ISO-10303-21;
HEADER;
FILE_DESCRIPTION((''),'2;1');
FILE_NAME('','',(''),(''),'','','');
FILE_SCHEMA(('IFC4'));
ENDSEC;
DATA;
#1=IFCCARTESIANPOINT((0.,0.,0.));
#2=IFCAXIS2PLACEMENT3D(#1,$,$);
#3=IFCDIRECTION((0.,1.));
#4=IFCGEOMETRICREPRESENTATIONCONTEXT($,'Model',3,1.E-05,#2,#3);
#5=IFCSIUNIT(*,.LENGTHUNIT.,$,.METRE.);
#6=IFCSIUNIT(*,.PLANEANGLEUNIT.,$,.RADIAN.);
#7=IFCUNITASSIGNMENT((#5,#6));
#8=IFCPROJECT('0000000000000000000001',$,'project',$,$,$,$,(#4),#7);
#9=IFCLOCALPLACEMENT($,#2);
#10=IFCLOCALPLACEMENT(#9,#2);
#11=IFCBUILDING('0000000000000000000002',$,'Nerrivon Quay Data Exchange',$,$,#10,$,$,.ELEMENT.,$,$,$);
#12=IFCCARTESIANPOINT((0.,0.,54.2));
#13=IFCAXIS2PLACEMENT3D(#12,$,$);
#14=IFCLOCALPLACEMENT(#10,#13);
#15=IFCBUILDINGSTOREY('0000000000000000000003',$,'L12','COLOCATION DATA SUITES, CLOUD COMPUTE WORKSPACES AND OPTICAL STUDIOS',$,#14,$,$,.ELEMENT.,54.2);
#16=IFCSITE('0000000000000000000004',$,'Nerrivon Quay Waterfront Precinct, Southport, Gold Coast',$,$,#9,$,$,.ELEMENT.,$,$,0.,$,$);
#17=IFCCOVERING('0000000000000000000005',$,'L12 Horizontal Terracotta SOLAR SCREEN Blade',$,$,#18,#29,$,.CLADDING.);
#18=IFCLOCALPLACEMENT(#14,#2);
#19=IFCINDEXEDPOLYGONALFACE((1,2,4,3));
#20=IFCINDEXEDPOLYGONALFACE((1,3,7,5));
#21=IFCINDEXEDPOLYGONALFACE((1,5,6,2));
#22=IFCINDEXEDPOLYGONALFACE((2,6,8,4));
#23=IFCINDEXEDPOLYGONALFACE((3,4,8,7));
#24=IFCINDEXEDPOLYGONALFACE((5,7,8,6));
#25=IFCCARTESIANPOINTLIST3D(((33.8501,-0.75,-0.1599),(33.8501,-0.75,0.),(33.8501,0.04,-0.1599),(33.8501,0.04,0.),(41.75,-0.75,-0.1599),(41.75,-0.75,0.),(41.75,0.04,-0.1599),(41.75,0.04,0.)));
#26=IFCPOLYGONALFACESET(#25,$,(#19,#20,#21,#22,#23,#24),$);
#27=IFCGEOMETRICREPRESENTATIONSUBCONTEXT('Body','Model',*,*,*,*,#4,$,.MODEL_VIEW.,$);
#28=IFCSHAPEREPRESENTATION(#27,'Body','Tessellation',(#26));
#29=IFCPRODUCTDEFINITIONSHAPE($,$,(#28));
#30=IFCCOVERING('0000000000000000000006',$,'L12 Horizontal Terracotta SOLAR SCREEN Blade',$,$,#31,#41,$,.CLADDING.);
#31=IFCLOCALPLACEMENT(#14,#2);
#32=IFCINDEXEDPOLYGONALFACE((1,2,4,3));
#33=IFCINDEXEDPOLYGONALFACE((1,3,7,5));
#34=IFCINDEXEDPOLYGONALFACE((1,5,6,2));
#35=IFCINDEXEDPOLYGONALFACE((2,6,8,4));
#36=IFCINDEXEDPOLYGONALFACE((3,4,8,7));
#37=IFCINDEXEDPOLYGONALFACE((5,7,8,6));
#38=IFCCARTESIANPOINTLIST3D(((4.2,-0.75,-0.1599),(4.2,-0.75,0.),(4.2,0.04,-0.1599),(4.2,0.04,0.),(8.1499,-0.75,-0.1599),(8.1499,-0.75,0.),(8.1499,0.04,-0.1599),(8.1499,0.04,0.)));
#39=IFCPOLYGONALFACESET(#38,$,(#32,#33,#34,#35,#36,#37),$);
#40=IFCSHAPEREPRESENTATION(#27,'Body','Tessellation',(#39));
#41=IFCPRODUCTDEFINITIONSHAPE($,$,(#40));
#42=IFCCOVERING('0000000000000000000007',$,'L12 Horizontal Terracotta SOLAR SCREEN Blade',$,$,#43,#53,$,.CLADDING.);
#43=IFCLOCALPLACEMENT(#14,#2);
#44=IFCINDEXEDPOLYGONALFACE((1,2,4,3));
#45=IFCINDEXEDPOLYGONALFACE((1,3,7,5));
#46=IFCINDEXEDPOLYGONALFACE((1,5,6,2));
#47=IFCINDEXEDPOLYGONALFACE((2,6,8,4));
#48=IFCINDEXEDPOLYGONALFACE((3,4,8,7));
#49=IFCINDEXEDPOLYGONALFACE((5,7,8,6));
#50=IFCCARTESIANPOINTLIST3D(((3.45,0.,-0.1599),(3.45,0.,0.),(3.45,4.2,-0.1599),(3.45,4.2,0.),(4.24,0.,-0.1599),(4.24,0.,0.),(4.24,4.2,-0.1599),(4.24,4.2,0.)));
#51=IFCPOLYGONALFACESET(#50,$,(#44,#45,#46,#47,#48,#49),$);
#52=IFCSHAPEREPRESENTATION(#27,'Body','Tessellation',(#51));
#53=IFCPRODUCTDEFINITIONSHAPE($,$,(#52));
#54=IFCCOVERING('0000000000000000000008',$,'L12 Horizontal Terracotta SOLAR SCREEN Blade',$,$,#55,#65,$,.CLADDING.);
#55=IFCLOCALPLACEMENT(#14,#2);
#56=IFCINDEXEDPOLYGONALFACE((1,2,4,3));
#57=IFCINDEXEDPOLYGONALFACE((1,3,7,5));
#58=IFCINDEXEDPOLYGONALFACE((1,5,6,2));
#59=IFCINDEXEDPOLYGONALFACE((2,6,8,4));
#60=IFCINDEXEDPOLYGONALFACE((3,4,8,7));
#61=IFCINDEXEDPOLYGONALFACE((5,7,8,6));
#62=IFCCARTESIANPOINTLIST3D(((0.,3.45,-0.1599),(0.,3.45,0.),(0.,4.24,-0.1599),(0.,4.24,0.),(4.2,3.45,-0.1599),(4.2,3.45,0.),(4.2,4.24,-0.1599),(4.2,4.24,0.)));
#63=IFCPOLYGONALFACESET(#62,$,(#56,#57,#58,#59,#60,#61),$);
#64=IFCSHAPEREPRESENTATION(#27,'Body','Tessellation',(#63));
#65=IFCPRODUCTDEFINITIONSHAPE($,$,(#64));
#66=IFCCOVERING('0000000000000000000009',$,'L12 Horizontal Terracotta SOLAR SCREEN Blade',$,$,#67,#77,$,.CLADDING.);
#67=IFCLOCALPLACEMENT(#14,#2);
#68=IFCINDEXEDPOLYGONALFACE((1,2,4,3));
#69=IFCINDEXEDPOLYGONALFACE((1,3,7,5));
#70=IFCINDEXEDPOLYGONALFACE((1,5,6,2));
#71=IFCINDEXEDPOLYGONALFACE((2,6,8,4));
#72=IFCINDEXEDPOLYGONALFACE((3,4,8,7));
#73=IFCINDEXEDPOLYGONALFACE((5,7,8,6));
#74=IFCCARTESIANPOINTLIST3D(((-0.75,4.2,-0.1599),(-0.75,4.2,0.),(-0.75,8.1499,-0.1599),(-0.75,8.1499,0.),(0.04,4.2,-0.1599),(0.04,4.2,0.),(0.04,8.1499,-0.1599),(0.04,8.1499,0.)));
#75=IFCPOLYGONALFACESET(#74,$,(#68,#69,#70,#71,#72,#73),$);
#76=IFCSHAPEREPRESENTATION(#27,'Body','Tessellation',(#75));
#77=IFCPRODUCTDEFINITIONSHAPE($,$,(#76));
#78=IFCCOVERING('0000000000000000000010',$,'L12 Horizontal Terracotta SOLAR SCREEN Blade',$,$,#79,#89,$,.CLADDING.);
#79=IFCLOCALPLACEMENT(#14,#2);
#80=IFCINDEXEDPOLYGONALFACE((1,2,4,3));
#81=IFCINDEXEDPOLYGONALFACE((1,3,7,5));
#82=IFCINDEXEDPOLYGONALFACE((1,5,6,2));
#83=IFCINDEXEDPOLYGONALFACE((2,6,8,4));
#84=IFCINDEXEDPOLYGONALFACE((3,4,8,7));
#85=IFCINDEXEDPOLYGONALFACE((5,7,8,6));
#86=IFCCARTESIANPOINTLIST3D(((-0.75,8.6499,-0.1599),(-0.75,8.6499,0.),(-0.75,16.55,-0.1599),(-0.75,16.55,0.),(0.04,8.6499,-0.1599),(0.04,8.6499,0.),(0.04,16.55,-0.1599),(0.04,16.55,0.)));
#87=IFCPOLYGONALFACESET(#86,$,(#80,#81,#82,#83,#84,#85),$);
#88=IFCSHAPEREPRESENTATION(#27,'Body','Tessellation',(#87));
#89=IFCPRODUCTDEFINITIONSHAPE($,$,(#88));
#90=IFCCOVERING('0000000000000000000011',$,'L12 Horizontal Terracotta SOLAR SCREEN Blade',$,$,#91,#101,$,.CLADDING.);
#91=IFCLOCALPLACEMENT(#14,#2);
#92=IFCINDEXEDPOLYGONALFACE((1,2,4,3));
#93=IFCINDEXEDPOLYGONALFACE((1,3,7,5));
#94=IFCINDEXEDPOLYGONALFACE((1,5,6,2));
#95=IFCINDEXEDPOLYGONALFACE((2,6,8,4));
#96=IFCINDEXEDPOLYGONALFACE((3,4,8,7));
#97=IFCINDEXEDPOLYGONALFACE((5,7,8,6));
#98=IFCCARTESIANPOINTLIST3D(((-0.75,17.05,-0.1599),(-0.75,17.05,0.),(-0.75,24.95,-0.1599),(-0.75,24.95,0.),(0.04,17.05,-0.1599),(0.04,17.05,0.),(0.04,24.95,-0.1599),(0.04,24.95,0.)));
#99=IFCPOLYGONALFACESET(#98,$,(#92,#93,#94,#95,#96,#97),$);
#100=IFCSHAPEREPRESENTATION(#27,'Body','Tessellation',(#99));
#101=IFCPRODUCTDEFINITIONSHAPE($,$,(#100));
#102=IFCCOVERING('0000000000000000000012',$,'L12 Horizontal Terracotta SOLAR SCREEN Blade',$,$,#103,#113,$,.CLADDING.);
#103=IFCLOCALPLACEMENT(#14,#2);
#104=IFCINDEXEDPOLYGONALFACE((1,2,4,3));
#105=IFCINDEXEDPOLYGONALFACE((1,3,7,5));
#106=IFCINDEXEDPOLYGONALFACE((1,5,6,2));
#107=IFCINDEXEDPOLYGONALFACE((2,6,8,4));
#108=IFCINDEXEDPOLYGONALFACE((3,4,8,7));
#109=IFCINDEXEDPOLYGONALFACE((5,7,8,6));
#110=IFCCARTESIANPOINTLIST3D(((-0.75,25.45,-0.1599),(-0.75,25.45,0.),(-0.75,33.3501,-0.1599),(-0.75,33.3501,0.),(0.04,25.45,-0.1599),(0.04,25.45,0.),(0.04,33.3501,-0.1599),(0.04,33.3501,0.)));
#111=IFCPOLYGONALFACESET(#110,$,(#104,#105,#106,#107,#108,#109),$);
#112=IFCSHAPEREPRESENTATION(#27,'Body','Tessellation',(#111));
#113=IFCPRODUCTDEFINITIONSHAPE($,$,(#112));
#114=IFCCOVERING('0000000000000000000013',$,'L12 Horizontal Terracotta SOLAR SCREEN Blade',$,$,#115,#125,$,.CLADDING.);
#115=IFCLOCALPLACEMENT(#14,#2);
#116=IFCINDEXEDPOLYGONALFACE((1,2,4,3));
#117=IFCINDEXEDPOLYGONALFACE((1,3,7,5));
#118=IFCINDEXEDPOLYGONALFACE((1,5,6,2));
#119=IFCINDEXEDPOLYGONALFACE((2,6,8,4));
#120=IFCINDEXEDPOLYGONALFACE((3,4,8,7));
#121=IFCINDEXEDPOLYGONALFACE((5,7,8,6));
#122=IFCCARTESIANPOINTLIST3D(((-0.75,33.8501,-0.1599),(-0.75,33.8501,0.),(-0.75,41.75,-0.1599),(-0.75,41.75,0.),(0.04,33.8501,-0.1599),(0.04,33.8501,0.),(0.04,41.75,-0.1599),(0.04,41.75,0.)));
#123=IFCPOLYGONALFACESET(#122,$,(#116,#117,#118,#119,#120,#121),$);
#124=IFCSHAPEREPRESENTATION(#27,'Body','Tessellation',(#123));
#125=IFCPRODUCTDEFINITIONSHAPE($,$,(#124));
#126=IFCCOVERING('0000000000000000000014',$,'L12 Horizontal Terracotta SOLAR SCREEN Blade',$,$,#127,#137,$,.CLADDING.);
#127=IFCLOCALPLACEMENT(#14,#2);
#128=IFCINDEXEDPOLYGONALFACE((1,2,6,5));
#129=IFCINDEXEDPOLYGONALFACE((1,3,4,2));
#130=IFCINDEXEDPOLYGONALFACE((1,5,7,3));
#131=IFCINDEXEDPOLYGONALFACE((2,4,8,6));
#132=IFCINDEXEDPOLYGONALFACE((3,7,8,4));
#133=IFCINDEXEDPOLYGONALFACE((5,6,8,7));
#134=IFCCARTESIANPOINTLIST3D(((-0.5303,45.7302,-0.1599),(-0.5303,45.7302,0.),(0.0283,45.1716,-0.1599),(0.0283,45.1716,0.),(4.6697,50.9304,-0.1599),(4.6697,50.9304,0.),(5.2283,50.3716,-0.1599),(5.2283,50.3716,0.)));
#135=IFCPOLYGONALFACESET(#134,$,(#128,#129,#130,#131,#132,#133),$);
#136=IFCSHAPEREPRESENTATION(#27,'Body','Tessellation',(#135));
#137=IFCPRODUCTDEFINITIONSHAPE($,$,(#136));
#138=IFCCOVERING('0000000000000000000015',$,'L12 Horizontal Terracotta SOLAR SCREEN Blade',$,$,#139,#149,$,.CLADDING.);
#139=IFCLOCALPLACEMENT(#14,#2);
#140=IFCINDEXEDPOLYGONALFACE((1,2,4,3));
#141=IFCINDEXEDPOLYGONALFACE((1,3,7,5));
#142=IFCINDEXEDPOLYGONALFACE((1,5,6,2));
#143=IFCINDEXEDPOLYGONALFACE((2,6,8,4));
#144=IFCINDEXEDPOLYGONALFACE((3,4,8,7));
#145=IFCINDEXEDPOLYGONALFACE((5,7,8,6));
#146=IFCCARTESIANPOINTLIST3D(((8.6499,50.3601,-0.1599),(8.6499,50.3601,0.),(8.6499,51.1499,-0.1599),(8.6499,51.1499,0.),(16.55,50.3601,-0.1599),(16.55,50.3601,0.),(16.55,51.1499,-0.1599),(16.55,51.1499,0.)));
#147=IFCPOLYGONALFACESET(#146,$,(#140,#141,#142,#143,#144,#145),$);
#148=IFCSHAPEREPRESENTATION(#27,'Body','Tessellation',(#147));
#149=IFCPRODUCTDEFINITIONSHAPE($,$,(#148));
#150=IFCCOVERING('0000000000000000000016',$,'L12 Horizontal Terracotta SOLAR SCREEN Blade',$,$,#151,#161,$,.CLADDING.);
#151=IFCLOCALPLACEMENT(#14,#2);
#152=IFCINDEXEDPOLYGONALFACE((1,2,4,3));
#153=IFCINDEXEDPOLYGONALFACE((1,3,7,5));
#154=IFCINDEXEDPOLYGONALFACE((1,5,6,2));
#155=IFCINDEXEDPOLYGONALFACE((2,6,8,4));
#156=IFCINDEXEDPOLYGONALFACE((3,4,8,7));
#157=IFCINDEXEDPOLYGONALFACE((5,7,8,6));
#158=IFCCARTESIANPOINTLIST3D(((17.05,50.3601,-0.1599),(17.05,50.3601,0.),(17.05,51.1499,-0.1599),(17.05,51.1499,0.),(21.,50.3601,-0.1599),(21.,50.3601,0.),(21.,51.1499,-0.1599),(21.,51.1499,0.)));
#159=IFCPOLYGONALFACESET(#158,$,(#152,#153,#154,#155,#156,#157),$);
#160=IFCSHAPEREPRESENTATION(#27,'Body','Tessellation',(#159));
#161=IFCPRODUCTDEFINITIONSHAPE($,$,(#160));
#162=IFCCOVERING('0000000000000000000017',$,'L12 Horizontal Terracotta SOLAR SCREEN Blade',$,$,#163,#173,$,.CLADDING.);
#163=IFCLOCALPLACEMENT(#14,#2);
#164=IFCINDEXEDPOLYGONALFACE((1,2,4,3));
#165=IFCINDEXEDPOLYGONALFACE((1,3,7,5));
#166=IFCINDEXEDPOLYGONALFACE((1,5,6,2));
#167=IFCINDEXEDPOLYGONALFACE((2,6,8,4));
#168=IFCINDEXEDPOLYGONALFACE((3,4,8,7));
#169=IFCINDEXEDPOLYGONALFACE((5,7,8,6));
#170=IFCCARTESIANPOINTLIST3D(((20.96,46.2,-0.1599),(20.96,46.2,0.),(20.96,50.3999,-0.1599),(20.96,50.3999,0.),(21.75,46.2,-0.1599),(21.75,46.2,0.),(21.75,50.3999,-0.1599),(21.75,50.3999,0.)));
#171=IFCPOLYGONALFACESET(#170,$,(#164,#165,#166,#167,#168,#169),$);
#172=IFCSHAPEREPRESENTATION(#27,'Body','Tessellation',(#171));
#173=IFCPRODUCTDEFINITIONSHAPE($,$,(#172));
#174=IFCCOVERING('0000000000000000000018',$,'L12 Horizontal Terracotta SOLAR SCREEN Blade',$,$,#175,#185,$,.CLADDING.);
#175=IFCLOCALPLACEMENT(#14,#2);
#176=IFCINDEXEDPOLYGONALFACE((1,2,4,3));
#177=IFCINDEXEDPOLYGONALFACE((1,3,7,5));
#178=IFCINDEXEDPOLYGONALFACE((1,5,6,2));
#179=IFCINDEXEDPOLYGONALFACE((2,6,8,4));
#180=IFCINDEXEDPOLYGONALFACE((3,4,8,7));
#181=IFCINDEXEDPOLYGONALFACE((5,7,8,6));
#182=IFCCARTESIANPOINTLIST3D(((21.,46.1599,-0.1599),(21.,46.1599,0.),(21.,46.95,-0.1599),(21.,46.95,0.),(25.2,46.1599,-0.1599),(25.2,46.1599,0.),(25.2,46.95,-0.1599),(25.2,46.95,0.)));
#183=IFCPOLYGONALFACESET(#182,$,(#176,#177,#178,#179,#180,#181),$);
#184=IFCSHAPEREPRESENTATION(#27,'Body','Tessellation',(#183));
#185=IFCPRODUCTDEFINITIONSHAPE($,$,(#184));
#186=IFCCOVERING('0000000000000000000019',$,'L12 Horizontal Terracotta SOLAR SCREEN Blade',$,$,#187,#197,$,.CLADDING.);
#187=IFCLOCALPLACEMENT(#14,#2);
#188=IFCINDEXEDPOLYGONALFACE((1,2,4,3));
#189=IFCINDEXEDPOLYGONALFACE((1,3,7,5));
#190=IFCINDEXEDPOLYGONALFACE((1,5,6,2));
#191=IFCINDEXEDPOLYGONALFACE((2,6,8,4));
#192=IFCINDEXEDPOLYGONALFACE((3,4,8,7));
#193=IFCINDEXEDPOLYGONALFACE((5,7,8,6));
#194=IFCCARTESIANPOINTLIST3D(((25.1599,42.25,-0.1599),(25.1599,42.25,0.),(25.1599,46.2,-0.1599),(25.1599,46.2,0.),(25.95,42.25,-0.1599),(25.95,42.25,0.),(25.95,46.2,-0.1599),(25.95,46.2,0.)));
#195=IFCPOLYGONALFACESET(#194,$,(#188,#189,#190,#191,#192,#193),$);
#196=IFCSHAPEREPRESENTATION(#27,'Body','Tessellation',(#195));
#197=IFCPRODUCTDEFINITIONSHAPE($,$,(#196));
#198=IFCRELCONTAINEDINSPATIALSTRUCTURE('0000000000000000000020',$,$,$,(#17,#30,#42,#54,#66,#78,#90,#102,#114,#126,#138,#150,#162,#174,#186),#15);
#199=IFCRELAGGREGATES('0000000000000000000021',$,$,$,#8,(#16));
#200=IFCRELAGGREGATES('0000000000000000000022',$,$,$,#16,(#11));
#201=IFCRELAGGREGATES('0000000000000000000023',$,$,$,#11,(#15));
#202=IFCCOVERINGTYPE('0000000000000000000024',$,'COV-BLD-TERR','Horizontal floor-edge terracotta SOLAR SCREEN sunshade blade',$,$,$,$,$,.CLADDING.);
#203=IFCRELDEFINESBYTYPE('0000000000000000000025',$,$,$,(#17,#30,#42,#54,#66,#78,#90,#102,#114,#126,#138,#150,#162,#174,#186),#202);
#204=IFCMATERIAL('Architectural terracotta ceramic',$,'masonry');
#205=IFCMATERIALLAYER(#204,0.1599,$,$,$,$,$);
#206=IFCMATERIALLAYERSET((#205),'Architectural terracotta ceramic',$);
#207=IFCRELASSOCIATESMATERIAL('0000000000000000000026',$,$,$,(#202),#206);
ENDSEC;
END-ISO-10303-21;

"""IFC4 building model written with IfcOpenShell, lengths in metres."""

from ifc_helpers import new_model, si_unit, direction, frame, origin, place, context, subcontext, project, spatial, polyline, outline, extrude, material, layer, layer_set, type_object, element, save


model = new_model("IFC4")

# Units and contexts
model_context = context("Model", 3, precision=1e-05, world=origin(), true_north=direction((0.0, 1.0)))
body_context = subcontext(model_context, "Body", "Model", "MODEL_VIEW")
ifc_project = project(units=[si_unit("LENGTHUNIT", "METRE"), si_unit("PLANEANGLEUNIT", "RADIAN")], contexts=[model_context])

# Site, building, storey
site_placement = place(None, origin())
site = spatial("IfcSite", under=ifc_project, at=site_placement, Name="Nerrivon Quay Waterfront Precinct, Southport, Gold Coast", CompositionType="ELEMENT", RefElevation=0.0)
building_placement = place(site_placement, origin())
building = spatial("IfcBuilding", under=site, at=building_placement, Name="Nerrivon Quay Data Exchange", CompositionType="ELEMENT")
storey_placement = place(building_placement, frame((0.0, 0.0, 54.2)))
storey = spatial("IfcBuildingStorey", under=building, at=storey_placement, Name="L12", Description="COLOCATION DATA SUITES, CLOUD COMPUTE WORKSPACES AND OPTICAL STUDIOS", CompositionType="ELEMENT", Elevation=54.2)

# Coverings
ifc_material_1 = material(Name="Architectural terracotta ceramic", Category="masonry")
ifc_layer_1 = layer(ifc_material_1, 0.1599)
ifc_layer_set_1 = layer_set([ifc_layer_1], Name="Architectural terracotta ceramic")
covering_type = type_object("IfcCoveringType", Name="COV-BLD-TERR", Description="Horizontal floor-edge terracotta SOLAR SCREEN sunshade blade", PredefinedType="CLADDING", material=ifc_layer_set_1)
covering_1_placement = place(storey_placement, frame((0.0, 0.0, -0.1599)))
element("IfcCovering", 1, at=covering_1_placement, inside=storey, type_object=covering_type, Name="L12 Horizontal Terracotta SOLAR SCREEN Blade", PredefinedType="CLADDING", context=body_context, shape_type="SweptSolid", body=[
    extrude(outline(polyline([(41.75, 0.04), (33.8501, 0.04), (33.8501, -0.75), (41.75, -0.75), (41.75, 0.04)])), origin(), (0.0, 0.0, 1.0), 0.1599),
])
covering_2_placement = place(storey_placement, frame((0.0, 0.0, -0.1599)))
element("IfcCovering", 2, at=covering_2_placement, inside=storey, type_object=covering_type, Name="L12 Horizontal Terracotta SOLAR SCREEN Blade", PredefinedType="CLADDING", context=body_context, shape_type="SweptSolid", body=[
    extrude(outline(polyline([(8.1499, 0.04), (4.2, 0.04), (4.2, -0.75), (8.1499, -0.75), (8.1499, 0.04)])), origin(), (0.0, 0.0, 1.0), 0.1599),
])
covering_3_placement = place(storey_placement, frame((0.0, 0.0, -0.1599)))
element("IfcCovering", 3, at=covering_3_placement, inside=storey, type_object=covering_type, Name="L12 Horizontal Terracotta SOLAR SCREEN Blade", PredefinedType="CLADDING", context=body_context, shape_type="SweptSolid", body=[
    extrude(outline(polyline([(4.24, 0.0), (4.24, 4.2), (3.45, 4.2), (3.45, 0.0), (4.24, 0.0)])), origin(), (0.0, 0.0, 1.0), 0.1599),
])
covering_4_placement = place(storey_placement, frame((0.0, 0.0, -0.1599)))
element("IfcCovering", 4, at=covering_4_placement, inside=storey, type_object=covering_type, Name="L12 Horizontal Terracotta SOLAR SCREEN Blade", PredefinedType="CLADDING", context=body_context, shape_type="SweptSolid", body=[
    extrude(outline(polyline([(4.2, 4.24), (0.0, 4.24), (0.0, 3.45), (4.2, 3.45), (4.2, 4.24)])), origin(), (0.0, 0.0, 1.0), 0.1599),
])
covering_5_placement = place(storey_placement, frame((0.0, 0.0, -0.1599)))
element("IfcCovering", 5, at=covering_5_placement, inside=storey, type_object=covering_type, Name="L12 Horizontal Terracotta SOLAR SCREEN Blade", PredefinedType="CLADDING", context=body_context, shape_type="SweptSolid", body=[
    extrude(outline(polyline([(0.04, 4.2), (0.04, 8.1499), (-0.75, 8.1499), (-0.75, 4.2), (0.04, 4.2)])), origin(), (0.0, 0.0, 1.0), 0.1599),
])
covering_6_placement = place(storey_placement, frame((0.0, 0.0, -0.1599)))
element("IfcCovering", 6, at=covering_6_placement, inside=storey, type_object=covering_type, Name="L12 Horizontal Terracotta SOLAR SCREEN Blade", PredefinedType="CLADDING", context=body_context, shape_type="SweptSolid", body=[
    extrude(outline(polyline([(0.04, 8.6499), (0.04, 16.55), (-0.75, 16.55), (-0.75, 8.6499), (0.04, 8.6499)])), origin(), (0.0, 0.0, 1.0), 0.1599),
])
covering_7_placement = place(storey_placement, frame((0.0, 0.0, -0.1599)))
element("IfcCovering", 7, at=covering_7_placement, inside=storey, type_object=covering_type, Name="L12 Horizontal Terracotta SOLAR SCREEN Blade", PredefinedType="CLADDING", context=body_context, shape_type="SweptSolid", body=[
    extrude(outline(polyline([(0.04, 17.05), (0.04, 24.95), (-0.75, 24.95), (-0.75, 17.05), (0.04, 17.05)])), origin(), (0.0, 0.0, 1.0), 0.1599),
])
covering_8_placement = place(storey_placement, frame((0.0, 0.0, -0.1599)))
element("IfcCovering", 8, at=covering_8_placement, inside=storey, type_object=covering_type, Name="L12 Horizontal Terracotta SOLAR SCREEN Blade", PredefinedType="CLADDING", context=body_context, shape_type="SweptSolid", body=[
    extrude(outline(polyline([(0.04, 25.45), (0.04, 33.3501), (-0.75, 33.3501), (-0.75, 25.45), (0.04, 25.45)])), origin(), (0.0, 0.0, 1.0), 0.1599),
])
covering_9_placement = place(storey_placement, frame((0.0, 0.0, -0.1599)))
element("IfcCovering", 9, at=covering_9_placement, inside=storey, type_object=covering_type, Name="L12 Horizontal Terracotta SOLAR SCREEN Blade", PredefinedType="CLADDING", context=body_context, shape_type="SweptSolid", body=[
    extrude(outline(polyline([(0.04, 33.8501), (0.04, 41.75), (-0.75, 41.75), (-0.75, 33.8501), (0.04, 33.8501)])), origin(), (0.0, 0.0, 1.0), 0.1599),
])
covering_10_placement = place(storey_placement, frame((0.0, 0.0, -0.1599)))
element("IfcCovering", 10, at=covering_10_placement, inside=storey, type_object=covering_type, Name="L12 Horizontal Terracotta SOLAR SCREEN Blade", PredefinedType="CLADDING", context=body_context, shape_type="SweptSolid", body=[
    extrude(outline(polyline([(0.0283, 45.1716), (5.2283, 50.3716), (4.6697, 50.9304), (-0.5303, 45.7302), (0.0283, 45.1716)])), origin(), (0.0, 0.0, 1.0), 0.1599),
])
covering_11_placement = place(storey_placement, frame((0.0, 0.0, -0.1599)))
element("IfcCovering", 11, at=covering_11_placement, inside=storey, type_object=covering_type, Name="L12 Horizontal Terracotta SOLAR SCREEN Blade", PredefinedType="CLADDING", context=body_context, shape_type="SweptSolid", body=[
    extrude(outline(polyline([(8.6499, 50.3601), (16.55, 50.3601), (16.55, 51.1499), (8.6499, 51.1499), (8.6499, 50.3601)])), origin(), (0.0, 0.0, 1.0), 0.1599),
])
covering_12_placement = place(storey_placement, frame((0.0, 0.0, -0.1599)))
element("IfcCovering", 12, at=covering_12_placement, inside=storey, type_object=covering_type, Name="L12 Horizontal Terracotta SOLAR SCREEN Blade", PredefinedType="CLADDING", context=body_context, shape_type="SweptSolid", body=[
    extrude(outline(polyline([(17.05, 50.3601), (21.0, 50.3601), (21.0, 51.1499), (17.05, 51.1499), (17.05, 50.3601)])), origin(), (0.0, 0.0, 1.0), 0.1599),
])
covering_13_placement = place(storey_placement, frame((0.0, 0.0, -0.1599)))
element("IfcCovering", 13, at=covering_13_placement, inside=storey, type_object=covering_type, Name="L12 Horizontal Terracotta SOLAR SCREEN Blade", PredefinedType="CLADDING", context=body_context, shape_type="SweptSolid", body=[
    extrude(outline(polyline([(20.96, 50.3999), (20.96, 46.2), (21.75, 46.2), (21.75, 50.3999), (20.96, 50.3999)])), origin(), (0.0, 0.0, 1.0), 0.1599),
])
covering_14_placement = place(storey_placement, frame((0.0, 0.0, -0.1599)))
element("IfcCovering", 14, at=covering_14_placement, inside=storey, type_object=covering_type, Name="L12 Horizontal Terracotta SOLAR SCREEN Blade", PredefinedType="CLADDING", context=body_context, shape_type="SweptSolid", body=[
    extrude(outline(polyline([(21.0, 46.1599), (25.2, 46.1599), (25.2, 46.95), (21.0, 46.95), (21.0, 46.1599)])), origin(), (0.0, 0.0, 1.0), 0.1599),
])
covering_15_placement = place(storey_placement, frame((0.0, 0.0, -0.1599)))
element("IfcCovering", 15, at=covering_15_placement, inside=storey, type_object=covering_type, Name="L12 Horizontal Terracotta SOLAR SCREEN Blade", PredefinedType="CLADDING", context=body_context, shape_type="SweptSolid", body=[
    extrude(outline(polyline([(25.1599, 46.2), (25.1599, 42.25), (25.95, 42.25), (25.95, 46.2), (25.1599, 46.2)])), origin(), (0.0, 0.0, 1.0), 0.1599),
])

save(model, "model.ifc")
